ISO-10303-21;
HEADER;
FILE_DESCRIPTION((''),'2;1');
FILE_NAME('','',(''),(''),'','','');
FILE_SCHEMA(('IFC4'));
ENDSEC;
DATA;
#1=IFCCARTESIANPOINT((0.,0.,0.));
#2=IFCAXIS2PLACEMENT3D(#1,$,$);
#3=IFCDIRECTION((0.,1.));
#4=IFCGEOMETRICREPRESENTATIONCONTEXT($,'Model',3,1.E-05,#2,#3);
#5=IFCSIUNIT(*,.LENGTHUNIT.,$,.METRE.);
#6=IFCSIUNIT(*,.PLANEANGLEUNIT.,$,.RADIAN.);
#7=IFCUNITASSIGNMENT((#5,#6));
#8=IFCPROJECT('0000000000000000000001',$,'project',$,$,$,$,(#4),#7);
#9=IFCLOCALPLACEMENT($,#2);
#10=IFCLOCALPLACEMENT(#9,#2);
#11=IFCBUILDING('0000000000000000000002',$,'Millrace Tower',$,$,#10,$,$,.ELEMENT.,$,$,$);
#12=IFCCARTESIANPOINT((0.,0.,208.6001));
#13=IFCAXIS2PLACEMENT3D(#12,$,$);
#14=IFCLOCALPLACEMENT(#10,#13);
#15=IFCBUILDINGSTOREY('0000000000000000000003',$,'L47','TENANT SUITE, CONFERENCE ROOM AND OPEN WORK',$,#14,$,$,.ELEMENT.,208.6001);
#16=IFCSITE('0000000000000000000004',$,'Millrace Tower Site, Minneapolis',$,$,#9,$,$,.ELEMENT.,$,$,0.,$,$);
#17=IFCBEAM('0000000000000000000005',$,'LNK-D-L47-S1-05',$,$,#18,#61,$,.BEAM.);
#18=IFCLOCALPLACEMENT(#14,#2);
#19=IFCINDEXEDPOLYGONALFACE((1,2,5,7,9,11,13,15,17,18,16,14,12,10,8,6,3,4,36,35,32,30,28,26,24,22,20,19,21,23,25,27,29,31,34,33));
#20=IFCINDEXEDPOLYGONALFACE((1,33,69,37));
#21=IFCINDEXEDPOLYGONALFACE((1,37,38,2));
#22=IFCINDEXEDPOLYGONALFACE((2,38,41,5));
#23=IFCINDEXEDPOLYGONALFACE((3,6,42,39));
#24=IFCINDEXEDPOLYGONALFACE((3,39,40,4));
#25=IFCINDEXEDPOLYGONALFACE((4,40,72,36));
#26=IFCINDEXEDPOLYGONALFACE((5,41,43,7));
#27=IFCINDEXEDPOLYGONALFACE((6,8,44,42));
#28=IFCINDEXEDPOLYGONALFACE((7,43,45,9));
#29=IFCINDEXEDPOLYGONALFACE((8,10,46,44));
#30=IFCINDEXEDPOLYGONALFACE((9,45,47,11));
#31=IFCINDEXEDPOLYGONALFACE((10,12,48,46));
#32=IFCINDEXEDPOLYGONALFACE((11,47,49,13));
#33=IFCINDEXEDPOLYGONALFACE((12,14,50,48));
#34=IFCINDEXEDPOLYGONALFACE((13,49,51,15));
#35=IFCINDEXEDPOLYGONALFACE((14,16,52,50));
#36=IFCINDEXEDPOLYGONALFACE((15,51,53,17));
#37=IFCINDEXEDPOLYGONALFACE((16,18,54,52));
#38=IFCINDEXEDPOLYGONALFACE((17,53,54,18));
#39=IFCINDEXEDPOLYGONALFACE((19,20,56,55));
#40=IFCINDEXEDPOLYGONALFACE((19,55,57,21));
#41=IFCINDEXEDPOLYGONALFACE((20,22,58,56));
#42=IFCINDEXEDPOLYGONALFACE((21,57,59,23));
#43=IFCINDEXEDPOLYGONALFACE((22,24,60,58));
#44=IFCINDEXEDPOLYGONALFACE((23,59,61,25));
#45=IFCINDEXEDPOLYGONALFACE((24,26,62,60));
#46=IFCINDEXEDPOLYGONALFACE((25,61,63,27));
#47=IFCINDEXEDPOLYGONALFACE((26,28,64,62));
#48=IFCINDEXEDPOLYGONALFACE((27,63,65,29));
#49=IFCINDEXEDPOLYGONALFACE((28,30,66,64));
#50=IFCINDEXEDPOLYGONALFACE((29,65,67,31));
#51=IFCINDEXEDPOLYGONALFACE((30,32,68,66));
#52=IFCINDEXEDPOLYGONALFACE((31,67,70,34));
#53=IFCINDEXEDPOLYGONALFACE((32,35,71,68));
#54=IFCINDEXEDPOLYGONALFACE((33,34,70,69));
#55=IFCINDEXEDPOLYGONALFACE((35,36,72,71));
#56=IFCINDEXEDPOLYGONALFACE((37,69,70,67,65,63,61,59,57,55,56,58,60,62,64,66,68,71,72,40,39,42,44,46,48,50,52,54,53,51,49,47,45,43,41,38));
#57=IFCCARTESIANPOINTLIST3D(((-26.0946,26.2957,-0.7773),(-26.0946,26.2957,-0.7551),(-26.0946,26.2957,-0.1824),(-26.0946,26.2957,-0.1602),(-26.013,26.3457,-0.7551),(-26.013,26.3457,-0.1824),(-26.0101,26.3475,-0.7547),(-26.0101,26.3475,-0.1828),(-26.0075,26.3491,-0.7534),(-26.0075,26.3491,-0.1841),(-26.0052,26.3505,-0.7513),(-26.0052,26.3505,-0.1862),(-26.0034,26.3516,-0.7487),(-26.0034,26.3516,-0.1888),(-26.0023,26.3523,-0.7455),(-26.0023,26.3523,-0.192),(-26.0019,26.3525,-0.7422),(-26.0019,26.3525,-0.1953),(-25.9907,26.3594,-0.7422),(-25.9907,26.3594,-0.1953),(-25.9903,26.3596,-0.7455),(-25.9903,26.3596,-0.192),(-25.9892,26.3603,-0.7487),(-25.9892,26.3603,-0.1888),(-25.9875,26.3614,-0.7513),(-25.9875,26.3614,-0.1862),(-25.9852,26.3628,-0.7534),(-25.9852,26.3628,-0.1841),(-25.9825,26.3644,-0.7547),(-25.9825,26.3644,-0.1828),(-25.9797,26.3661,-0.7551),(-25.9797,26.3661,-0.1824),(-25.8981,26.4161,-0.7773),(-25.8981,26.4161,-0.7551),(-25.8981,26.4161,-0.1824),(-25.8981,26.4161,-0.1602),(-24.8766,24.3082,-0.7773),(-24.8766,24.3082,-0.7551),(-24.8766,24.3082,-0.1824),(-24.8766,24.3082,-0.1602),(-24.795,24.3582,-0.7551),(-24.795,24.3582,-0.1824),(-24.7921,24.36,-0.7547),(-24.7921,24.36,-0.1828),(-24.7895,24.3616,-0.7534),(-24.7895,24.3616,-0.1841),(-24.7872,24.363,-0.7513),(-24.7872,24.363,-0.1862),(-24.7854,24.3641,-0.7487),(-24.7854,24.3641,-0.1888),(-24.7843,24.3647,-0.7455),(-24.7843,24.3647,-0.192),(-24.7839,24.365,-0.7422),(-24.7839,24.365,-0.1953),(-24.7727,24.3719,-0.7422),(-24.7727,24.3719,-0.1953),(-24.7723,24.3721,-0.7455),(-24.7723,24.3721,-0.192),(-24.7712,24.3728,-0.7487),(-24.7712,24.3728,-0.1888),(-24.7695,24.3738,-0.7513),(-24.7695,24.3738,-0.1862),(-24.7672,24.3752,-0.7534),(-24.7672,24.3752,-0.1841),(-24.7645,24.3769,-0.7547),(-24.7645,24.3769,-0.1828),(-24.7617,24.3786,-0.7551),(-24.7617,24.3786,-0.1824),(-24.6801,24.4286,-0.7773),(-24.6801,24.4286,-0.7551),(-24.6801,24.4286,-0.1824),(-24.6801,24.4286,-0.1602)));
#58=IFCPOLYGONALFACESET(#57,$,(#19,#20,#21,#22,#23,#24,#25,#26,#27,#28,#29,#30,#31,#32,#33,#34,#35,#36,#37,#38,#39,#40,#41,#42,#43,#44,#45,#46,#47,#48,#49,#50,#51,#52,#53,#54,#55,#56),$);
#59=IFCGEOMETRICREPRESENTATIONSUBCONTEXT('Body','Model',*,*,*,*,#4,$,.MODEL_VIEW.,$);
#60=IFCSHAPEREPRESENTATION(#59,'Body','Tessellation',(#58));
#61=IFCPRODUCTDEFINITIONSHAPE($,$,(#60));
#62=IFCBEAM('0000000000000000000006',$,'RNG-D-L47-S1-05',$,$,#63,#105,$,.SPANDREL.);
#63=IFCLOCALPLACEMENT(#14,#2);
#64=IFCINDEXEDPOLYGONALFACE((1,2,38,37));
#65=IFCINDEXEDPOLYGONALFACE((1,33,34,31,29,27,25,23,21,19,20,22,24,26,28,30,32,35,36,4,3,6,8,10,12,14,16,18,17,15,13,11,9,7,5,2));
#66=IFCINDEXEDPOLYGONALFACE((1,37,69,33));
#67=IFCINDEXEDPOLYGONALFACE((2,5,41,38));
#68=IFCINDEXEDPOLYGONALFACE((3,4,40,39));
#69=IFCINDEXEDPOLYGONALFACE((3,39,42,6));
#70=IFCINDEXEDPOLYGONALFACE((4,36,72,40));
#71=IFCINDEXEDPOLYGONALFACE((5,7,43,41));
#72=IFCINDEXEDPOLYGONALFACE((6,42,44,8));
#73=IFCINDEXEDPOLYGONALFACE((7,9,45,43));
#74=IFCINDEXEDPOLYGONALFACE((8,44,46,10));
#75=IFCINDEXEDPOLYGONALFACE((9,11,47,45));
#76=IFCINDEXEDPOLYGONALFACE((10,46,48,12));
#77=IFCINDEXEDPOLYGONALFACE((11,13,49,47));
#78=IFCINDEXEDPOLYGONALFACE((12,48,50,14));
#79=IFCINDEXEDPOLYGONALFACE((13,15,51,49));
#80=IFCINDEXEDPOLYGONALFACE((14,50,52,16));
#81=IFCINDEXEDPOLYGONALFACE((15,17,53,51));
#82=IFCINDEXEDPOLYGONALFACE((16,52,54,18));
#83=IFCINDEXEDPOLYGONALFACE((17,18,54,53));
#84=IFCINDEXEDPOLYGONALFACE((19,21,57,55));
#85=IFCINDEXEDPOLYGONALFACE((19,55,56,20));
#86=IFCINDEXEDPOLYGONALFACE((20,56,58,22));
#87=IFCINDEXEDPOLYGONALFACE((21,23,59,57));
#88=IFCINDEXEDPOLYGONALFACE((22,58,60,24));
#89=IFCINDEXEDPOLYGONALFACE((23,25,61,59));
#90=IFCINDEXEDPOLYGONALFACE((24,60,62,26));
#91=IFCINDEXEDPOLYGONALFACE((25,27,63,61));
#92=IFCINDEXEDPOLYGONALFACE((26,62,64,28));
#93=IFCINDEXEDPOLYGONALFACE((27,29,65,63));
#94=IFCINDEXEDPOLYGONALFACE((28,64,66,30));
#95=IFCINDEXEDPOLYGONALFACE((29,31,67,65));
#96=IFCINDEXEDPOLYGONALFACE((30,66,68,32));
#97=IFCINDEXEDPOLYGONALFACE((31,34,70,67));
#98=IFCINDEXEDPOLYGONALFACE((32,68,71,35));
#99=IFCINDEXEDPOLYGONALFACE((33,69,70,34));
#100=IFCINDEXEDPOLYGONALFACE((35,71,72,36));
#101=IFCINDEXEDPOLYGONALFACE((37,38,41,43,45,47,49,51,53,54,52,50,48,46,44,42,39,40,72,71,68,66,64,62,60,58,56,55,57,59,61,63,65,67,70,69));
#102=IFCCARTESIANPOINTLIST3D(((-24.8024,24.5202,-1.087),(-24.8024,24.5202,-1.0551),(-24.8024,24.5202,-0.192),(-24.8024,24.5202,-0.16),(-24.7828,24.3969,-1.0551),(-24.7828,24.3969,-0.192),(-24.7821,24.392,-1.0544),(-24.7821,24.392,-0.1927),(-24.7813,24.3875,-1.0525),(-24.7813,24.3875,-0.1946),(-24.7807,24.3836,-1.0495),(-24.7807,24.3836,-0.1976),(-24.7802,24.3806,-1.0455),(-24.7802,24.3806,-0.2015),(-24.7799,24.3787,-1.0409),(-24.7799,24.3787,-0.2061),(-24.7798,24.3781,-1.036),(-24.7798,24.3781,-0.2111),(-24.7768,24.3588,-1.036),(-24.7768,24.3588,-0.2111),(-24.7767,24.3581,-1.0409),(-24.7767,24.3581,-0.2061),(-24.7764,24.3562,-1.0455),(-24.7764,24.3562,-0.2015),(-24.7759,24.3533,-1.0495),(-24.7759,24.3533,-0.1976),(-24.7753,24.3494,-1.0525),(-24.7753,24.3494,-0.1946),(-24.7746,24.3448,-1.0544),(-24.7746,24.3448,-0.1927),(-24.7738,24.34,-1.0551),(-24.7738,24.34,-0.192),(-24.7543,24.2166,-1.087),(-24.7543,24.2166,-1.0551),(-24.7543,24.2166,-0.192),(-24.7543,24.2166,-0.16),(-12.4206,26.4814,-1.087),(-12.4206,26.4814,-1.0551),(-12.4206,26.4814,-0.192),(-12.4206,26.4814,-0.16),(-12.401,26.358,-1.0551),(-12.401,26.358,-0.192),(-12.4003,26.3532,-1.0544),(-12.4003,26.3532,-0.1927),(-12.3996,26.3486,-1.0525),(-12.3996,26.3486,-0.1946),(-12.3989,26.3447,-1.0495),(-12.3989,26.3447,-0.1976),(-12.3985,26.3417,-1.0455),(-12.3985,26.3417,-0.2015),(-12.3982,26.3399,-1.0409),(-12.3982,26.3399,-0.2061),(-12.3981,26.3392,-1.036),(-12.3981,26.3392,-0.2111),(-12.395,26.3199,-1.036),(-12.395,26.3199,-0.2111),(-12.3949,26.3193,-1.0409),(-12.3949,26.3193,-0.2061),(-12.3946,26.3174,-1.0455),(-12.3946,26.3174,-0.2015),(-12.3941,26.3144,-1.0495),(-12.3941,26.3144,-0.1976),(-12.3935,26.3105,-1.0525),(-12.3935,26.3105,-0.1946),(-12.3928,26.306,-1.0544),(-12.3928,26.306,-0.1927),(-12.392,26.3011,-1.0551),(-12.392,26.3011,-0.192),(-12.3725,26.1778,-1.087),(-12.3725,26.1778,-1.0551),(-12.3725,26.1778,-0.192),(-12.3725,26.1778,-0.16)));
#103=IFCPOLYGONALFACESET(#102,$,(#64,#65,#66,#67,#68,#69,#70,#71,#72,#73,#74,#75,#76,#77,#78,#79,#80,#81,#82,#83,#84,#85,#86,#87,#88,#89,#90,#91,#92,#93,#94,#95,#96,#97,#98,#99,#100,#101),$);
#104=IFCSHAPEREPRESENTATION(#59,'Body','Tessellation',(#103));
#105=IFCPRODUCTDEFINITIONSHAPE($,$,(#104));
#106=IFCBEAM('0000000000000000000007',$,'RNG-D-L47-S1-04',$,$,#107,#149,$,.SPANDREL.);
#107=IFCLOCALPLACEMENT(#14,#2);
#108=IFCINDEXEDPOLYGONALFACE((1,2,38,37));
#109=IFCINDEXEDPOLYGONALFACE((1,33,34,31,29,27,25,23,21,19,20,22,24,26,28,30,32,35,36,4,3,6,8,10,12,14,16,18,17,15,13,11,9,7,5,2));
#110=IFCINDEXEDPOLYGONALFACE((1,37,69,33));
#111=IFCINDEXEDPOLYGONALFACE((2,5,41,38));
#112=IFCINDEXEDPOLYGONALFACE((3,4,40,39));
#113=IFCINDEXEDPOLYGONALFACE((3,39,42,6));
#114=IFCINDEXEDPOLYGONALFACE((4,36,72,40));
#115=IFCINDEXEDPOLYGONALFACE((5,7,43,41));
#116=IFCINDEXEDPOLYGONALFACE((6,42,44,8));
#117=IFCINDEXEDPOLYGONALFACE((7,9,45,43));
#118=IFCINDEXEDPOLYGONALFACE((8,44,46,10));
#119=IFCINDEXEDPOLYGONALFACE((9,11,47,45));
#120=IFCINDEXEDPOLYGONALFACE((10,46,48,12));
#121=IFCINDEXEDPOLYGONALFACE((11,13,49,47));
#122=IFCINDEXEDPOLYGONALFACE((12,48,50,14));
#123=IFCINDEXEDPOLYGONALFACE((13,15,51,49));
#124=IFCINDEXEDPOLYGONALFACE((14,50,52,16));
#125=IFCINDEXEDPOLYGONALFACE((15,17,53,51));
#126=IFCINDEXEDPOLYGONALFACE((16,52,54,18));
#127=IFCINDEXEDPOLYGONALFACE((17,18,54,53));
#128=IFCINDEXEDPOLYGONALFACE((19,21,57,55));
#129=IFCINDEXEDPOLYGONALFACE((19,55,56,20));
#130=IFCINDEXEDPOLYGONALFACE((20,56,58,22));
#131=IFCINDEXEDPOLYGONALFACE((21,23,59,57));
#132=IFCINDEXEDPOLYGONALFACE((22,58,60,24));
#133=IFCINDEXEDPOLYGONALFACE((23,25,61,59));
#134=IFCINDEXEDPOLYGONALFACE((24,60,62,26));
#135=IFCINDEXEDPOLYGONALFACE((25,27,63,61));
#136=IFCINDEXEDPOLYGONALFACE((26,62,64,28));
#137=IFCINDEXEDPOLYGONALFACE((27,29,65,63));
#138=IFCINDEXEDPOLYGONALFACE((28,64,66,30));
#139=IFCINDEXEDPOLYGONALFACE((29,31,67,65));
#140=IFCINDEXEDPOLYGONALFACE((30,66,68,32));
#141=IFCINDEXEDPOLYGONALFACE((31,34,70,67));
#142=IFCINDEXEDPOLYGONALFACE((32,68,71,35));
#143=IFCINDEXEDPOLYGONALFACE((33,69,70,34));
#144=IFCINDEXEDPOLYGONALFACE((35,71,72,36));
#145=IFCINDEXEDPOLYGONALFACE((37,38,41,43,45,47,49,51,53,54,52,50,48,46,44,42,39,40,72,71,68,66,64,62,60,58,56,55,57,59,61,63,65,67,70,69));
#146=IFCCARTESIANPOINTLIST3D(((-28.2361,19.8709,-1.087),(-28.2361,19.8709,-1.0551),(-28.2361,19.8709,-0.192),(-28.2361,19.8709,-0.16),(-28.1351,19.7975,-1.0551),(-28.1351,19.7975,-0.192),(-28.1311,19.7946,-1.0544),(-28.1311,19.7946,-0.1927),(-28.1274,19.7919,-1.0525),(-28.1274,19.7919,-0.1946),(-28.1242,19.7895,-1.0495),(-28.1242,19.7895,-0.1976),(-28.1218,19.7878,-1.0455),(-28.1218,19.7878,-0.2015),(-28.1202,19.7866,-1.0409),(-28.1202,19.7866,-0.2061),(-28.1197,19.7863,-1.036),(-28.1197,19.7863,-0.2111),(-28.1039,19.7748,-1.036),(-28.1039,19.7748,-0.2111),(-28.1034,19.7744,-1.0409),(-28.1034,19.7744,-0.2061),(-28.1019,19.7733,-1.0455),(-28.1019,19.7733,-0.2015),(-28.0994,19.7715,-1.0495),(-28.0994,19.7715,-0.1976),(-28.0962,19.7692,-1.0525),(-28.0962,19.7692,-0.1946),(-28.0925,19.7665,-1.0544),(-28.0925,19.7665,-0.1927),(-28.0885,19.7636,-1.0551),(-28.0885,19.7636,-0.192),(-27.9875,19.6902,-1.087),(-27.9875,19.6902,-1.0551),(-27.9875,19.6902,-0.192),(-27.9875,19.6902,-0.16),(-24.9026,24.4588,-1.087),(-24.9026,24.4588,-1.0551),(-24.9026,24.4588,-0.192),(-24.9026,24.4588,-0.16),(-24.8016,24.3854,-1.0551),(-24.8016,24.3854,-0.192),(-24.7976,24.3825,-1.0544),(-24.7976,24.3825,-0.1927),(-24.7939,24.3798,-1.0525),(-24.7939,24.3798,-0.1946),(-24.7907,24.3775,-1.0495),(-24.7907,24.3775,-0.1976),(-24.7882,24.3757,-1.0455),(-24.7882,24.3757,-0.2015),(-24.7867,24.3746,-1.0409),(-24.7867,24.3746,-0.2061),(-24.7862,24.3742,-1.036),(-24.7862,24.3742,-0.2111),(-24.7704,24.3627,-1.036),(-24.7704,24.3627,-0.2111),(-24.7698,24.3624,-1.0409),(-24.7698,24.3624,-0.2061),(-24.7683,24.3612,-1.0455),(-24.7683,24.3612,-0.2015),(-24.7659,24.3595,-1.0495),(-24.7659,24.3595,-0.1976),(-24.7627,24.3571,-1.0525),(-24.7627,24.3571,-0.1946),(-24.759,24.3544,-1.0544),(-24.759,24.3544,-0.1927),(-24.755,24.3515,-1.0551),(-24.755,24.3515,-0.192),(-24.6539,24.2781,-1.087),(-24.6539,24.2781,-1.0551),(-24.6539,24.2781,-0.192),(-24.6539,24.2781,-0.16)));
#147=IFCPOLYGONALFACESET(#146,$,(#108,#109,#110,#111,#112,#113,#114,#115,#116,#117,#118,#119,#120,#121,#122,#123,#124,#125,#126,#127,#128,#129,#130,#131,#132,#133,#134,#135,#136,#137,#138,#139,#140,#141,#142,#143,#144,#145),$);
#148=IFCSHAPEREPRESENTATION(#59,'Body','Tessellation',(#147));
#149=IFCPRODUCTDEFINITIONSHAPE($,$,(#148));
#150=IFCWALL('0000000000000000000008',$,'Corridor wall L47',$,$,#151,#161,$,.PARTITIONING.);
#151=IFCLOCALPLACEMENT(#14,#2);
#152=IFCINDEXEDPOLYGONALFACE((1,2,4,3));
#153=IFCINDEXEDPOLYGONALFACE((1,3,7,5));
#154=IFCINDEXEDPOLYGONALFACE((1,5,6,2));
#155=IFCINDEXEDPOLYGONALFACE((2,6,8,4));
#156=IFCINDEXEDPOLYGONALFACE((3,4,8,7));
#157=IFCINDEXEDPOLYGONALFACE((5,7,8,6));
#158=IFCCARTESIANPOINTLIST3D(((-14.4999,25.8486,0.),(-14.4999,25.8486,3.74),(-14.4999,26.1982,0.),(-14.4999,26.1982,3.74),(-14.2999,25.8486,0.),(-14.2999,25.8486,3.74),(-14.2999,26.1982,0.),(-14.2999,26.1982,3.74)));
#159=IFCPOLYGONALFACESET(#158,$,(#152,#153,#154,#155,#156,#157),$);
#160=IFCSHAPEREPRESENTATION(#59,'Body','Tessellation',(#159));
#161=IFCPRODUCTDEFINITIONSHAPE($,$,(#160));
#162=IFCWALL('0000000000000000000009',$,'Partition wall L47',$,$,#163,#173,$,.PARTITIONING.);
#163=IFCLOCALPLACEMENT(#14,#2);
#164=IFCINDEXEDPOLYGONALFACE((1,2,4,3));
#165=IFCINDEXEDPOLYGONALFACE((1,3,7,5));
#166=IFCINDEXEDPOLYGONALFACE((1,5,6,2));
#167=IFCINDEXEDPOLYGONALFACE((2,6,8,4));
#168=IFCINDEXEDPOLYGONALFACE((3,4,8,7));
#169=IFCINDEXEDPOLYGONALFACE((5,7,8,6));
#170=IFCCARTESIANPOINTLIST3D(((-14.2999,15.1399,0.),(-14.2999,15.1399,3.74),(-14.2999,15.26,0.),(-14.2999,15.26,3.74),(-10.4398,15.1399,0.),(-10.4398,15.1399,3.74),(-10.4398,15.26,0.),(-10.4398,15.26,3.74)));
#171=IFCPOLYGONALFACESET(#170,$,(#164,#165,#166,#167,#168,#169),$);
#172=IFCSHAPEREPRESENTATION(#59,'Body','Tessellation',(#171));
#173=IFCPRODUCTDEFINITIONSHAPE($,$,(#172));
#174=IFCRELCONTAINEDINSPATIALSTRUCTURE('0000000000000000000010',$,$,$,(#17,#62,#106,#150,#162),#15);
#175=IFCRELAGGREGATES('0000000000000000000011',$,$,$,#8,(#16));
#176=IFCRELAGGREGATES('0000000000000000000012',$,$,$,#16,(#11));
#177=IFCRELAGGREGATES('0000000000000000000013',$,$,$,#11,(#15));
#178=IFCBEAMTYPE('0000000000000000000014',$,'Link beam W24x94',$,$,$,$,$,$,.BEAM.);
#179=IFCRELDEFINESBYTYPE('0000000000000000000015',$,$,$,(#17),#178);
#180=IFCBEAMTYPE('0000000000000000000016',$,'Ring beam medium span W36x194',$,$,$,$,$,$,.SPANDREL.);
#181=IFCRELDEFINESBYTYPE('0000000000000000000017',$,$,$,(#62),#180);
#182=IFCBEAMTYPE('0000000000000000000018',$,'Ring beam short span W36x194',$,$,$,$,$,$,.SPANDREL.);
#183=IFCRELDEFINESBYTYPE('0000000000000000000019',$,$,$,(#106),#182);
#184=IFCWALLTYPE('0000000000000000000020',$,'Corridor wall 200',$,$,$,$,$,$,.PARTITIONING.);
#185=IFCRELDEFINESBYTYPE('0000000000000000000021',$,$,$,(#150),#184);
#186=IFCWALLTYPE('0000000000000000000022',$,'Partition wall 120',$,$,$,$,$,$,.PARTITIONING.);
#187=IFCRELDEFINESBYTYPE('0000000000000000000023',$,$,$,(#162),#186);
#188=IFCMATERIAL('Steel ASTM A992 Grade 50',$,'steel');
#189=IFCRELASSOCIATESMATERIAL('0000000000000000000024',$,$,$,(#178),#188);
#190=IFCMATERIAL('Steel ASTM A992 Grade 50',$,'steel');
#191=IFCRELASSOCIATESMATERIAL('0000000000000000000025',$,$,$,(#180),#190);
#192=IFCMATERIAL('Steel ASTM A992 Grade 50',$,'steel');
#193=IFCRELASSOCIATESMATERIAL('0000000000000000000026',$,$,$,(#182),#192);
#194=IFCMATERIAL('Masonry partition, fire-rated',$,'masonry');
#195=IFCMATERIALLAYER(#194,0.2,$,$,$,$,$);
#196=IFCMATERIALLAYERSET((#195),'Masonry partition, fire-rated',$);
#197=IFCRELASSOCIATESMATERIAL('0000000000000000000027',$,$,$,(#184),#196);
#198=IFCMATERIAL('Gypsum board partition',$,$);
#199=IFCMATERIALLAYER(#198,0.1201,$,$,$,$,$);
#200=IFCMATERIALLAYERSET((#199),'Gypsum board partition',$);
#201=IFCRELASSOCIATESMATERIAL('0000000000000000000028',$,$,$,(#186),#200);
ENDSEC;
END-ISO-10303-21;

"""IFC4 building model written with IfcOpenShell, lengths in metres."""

from ifc_helpers import new_model, si_unit, direction, frame, frame_2d, origin, origin_2d, place, context, subcontext, project, spatial, rectangle, i_section, extrude, material, layer, layer_set, material_profile, profile_set, type_object, element, save


model = new_model("IFC4")

# Units and contexts
model_context = context("Model", 3, precision=1e-05, world=origin(), true_north=direction((0.0, 1.0)))
body_context = subcontext(model_context, "Body", "Model", "MODEL_VIEW")
ifc_project = project(units=[si_unit("LENGTHUNIT", "METRE"), si_unit("PLANEANGLEUNIT", "RADIAN")], contexts=[model_context])

# Site, building, storey
site_placement = place(None, origin())
site = spatial("IfcSite", under=ifc_project, at=site_placement, Name="Millrace Tower Site, Minneapolis", CompositionType="ELEMENT", RefElevation=0.0)
building_placement = place(site_placement, origin())
building = spatial("IfcBuilding", under=site, at=building_placement, Name="Millrace Tower", CompositionType="ELEMENT")
storey_placement = place(building_placement, frame((0.0, 0.0, 208.6001)))
storey = spatial("IfcBuildingStorey", under=building, at=storey_placement, Name="L47", Description="TENANT SUITE, CONFERENCE ROOM AND OPEN WORK", CompositionType="ELEMENT", Elevation=208.6001)

# Beams
ifc_material_1 = material(Name="Steel ASTM A992 Grade 50", Category="steel")
ifc_material_profile_1 = material_profile(ifc_material_1, i_section(OverallWidth=0.2305, OverallDepth=0.6172, WebThickness=0.0132, FlangeThickness=0.0222, FilletRadius=0.0129, at=origin_2d()))
ifc_profile_set_1 = profile_set([ifc_material_profile_1], Name="Steel ASTM A992 Grade 50")
beam_type_1 = type_object("IfcBeamType", Name="Link beam W24x94", PredefinedType="BEAM", material=ifc_profile_set_1)
for number, where, z_axis, x_axis, name in (
    (1, (-24.7783, 24.3684, -0.4688), (-0.522513, 0.852631, 0.0), (-0.852631, -0.522513, 0.0), "LNK-D-L47-S1-05"),
):
    element("IfcBeam", number, at=place(storey_placement, frame(where, z_axis=z_axis, x_axis=x_axis)), inside=storey, type_object=beam_type_1, Name=name, PredefinedType="BEAM", context=body_context, shape_type="SweptSolid", body=[
        extrude(i_section(OverallWidth=0.2305, OverallDepth=0.6172, WebThickness=0.0132, FlangeThickness=0.0222, FilletRadius=0.0129, at=origin_2d()), origin(), (0.0, 0.0, 1.0), 2.3311),
    ])
ifc_material_2 = material(Name="Steel ASTM A992 Grade 50", Category="steel")
ifc_material_profile_2 = material_profile(ifc_material_2, i_section(OverallWidth=0.3074, OverallDepth=0.927, WebThickness=0.0195, FlangeThickness=0.032, FilletRadius=0.019, at=origin_2d()))
ifc_profile_set_2 = profile_set([ifc_material_profile_2], Name="Steel ASTM A992 Grade 50")
beam_type_2 = type_object("IfcBeamType", Name="Ring beam medium span W36x194", PredefinedType="SPANDREL", material=ifc_profile_set_2)
beam_1_placement = place(storey_placement, frame((-24.7783, 24.3684, -0.6235), z_axis=(0.987687, 0.156442, 0.0), x_axis=(-0.156442, 0.987687, 0.0)))
element("IfcBeam", 2, at=beam_1_placement, inside=storey, type_object=beam_type_2, Name="RNG-D-L47-S1-05", PredefinedType="SPANDREL", context=body_context, shape_type="SweptSolid", body=[
    extrude(i_section(OverallWidth=0.3074, OverallDepth=0.927, WebThickness=0.0195, FlangeThickness=0.032, FilletRadius=0.019, at=origin_2d()), origin(), (0.0, 0.0, 1.0), 12.5361),
])
ifc_material_3 = material(Name="Steel ASTM A992 Grade 50", Category="steel")
ifc_material_profile_3 = material_profile(ifc_material_3, i_section(OverallWidth=0.3074, OverallDepth=0.927, WebThickness=0.0195, FlangeThickness=0.032, FilletRadius=0.019, at=origin_2d()))
ifc_profile_set_3 = profile_set([ifc_material_profile_3], Name="Steel ASTM A992 Grade 50")
beam_type_3 = type_object("IfcBeamType", Name="Ring beam short span W36x194", PredefinedType="SPANDREL", material=ifc_profile_set_3)
beam_2_placement = place(storey_placement, frame((-28.1118, 19.7805, -0.6235), z_axis=(0.587808, 0.809, 0.0), x_axis=(-0.809, 0.587808, 0.0)))
element("IfcBeam", 3, at=beam_2_placement, inside=storey, type_object=beam_type_3, Name="RNG-D-L47-S1-04", PredefinedType="SPANDREL", context=body_context, shape_type="SweptSolid", body=[
    extrude(i_section(OverallWidth=0.3074, OverallDepth=0.927, WebThickness=0.0195, FlangeThickness=0.032, FilletRadius=0.019, at=origin_2d()), origin(), (0.0, 0.0, 1.0), 5.6711),
])

# Walls
ifc_material_4 = material(Name="Masonry partition, fire-rated", Category="masonry")
ifc_layer_1 = layer(ifc_material_4, 0.2)
ifc_layer_set_1 = layer_set([ifc_layer_1], Name="Masonry partition, fire-rated")
wall_type_1 = type_object("IfcWallType", Name="Corridor wall 200", PredefinedType="PARTITIONING", material=ifc_layer_set_1)
wall_1_placement = place(storey_placement, frame((-14.3999, 25.8486, 0.0), z_axis=(0.0, 0.0, 1.0), x_axis=(0.0, 1.0, 0.0)))
element("IfcWall", 4, at=wall_1_placement, inside=storey, type_object=wall_type_1, Name="Corridor wall L47", PredefinedType="PARTITIONING", context=body_context, shape_type="SweptSolid", body=[
    extrude(rectangle(XDim=0.3496, YDim=0.2, at=frame_2d((0.1748, 0.0))), origin(), (0.0, 0.0, 1.0), 3.74),
])
ifc_material_5 = material(Name="Gypsum board partition")
ifc_layer_2 = layer(ifc_material_5, 0.1201)
ifc_layer_set_2 = layer_set([ifc_layer_2], Name="Gypsum board partition")
wall_type_2 = type_object("IfcWallType", Name="Partition wall 120", PredefinedType="PARTITIONING", material=ifc_layer_set_2)
wall_2_placement = place(storey_placement, frame((-14.3, 15.2, 0.0), z_axis=(0.0, 0.0, 1.0), x_axis=(1.0, 0.0, 0.0)))
element("IfcWall", 5, at=wall_2_placement, inside=storey, type_object=wall_type_2, Name="Partition wall L47", PredefinedType="PARTITIONING", context=body_context, shape_type="SweptSolid", body=[
    extrude(rectangle(XDim=3.8601, YDim=0.1201, at=frame_2d((1.9302, 0.0))), origin(), (0.0, 0.0, 1.0), 3.74),
])

save(model, "model.ifc")
